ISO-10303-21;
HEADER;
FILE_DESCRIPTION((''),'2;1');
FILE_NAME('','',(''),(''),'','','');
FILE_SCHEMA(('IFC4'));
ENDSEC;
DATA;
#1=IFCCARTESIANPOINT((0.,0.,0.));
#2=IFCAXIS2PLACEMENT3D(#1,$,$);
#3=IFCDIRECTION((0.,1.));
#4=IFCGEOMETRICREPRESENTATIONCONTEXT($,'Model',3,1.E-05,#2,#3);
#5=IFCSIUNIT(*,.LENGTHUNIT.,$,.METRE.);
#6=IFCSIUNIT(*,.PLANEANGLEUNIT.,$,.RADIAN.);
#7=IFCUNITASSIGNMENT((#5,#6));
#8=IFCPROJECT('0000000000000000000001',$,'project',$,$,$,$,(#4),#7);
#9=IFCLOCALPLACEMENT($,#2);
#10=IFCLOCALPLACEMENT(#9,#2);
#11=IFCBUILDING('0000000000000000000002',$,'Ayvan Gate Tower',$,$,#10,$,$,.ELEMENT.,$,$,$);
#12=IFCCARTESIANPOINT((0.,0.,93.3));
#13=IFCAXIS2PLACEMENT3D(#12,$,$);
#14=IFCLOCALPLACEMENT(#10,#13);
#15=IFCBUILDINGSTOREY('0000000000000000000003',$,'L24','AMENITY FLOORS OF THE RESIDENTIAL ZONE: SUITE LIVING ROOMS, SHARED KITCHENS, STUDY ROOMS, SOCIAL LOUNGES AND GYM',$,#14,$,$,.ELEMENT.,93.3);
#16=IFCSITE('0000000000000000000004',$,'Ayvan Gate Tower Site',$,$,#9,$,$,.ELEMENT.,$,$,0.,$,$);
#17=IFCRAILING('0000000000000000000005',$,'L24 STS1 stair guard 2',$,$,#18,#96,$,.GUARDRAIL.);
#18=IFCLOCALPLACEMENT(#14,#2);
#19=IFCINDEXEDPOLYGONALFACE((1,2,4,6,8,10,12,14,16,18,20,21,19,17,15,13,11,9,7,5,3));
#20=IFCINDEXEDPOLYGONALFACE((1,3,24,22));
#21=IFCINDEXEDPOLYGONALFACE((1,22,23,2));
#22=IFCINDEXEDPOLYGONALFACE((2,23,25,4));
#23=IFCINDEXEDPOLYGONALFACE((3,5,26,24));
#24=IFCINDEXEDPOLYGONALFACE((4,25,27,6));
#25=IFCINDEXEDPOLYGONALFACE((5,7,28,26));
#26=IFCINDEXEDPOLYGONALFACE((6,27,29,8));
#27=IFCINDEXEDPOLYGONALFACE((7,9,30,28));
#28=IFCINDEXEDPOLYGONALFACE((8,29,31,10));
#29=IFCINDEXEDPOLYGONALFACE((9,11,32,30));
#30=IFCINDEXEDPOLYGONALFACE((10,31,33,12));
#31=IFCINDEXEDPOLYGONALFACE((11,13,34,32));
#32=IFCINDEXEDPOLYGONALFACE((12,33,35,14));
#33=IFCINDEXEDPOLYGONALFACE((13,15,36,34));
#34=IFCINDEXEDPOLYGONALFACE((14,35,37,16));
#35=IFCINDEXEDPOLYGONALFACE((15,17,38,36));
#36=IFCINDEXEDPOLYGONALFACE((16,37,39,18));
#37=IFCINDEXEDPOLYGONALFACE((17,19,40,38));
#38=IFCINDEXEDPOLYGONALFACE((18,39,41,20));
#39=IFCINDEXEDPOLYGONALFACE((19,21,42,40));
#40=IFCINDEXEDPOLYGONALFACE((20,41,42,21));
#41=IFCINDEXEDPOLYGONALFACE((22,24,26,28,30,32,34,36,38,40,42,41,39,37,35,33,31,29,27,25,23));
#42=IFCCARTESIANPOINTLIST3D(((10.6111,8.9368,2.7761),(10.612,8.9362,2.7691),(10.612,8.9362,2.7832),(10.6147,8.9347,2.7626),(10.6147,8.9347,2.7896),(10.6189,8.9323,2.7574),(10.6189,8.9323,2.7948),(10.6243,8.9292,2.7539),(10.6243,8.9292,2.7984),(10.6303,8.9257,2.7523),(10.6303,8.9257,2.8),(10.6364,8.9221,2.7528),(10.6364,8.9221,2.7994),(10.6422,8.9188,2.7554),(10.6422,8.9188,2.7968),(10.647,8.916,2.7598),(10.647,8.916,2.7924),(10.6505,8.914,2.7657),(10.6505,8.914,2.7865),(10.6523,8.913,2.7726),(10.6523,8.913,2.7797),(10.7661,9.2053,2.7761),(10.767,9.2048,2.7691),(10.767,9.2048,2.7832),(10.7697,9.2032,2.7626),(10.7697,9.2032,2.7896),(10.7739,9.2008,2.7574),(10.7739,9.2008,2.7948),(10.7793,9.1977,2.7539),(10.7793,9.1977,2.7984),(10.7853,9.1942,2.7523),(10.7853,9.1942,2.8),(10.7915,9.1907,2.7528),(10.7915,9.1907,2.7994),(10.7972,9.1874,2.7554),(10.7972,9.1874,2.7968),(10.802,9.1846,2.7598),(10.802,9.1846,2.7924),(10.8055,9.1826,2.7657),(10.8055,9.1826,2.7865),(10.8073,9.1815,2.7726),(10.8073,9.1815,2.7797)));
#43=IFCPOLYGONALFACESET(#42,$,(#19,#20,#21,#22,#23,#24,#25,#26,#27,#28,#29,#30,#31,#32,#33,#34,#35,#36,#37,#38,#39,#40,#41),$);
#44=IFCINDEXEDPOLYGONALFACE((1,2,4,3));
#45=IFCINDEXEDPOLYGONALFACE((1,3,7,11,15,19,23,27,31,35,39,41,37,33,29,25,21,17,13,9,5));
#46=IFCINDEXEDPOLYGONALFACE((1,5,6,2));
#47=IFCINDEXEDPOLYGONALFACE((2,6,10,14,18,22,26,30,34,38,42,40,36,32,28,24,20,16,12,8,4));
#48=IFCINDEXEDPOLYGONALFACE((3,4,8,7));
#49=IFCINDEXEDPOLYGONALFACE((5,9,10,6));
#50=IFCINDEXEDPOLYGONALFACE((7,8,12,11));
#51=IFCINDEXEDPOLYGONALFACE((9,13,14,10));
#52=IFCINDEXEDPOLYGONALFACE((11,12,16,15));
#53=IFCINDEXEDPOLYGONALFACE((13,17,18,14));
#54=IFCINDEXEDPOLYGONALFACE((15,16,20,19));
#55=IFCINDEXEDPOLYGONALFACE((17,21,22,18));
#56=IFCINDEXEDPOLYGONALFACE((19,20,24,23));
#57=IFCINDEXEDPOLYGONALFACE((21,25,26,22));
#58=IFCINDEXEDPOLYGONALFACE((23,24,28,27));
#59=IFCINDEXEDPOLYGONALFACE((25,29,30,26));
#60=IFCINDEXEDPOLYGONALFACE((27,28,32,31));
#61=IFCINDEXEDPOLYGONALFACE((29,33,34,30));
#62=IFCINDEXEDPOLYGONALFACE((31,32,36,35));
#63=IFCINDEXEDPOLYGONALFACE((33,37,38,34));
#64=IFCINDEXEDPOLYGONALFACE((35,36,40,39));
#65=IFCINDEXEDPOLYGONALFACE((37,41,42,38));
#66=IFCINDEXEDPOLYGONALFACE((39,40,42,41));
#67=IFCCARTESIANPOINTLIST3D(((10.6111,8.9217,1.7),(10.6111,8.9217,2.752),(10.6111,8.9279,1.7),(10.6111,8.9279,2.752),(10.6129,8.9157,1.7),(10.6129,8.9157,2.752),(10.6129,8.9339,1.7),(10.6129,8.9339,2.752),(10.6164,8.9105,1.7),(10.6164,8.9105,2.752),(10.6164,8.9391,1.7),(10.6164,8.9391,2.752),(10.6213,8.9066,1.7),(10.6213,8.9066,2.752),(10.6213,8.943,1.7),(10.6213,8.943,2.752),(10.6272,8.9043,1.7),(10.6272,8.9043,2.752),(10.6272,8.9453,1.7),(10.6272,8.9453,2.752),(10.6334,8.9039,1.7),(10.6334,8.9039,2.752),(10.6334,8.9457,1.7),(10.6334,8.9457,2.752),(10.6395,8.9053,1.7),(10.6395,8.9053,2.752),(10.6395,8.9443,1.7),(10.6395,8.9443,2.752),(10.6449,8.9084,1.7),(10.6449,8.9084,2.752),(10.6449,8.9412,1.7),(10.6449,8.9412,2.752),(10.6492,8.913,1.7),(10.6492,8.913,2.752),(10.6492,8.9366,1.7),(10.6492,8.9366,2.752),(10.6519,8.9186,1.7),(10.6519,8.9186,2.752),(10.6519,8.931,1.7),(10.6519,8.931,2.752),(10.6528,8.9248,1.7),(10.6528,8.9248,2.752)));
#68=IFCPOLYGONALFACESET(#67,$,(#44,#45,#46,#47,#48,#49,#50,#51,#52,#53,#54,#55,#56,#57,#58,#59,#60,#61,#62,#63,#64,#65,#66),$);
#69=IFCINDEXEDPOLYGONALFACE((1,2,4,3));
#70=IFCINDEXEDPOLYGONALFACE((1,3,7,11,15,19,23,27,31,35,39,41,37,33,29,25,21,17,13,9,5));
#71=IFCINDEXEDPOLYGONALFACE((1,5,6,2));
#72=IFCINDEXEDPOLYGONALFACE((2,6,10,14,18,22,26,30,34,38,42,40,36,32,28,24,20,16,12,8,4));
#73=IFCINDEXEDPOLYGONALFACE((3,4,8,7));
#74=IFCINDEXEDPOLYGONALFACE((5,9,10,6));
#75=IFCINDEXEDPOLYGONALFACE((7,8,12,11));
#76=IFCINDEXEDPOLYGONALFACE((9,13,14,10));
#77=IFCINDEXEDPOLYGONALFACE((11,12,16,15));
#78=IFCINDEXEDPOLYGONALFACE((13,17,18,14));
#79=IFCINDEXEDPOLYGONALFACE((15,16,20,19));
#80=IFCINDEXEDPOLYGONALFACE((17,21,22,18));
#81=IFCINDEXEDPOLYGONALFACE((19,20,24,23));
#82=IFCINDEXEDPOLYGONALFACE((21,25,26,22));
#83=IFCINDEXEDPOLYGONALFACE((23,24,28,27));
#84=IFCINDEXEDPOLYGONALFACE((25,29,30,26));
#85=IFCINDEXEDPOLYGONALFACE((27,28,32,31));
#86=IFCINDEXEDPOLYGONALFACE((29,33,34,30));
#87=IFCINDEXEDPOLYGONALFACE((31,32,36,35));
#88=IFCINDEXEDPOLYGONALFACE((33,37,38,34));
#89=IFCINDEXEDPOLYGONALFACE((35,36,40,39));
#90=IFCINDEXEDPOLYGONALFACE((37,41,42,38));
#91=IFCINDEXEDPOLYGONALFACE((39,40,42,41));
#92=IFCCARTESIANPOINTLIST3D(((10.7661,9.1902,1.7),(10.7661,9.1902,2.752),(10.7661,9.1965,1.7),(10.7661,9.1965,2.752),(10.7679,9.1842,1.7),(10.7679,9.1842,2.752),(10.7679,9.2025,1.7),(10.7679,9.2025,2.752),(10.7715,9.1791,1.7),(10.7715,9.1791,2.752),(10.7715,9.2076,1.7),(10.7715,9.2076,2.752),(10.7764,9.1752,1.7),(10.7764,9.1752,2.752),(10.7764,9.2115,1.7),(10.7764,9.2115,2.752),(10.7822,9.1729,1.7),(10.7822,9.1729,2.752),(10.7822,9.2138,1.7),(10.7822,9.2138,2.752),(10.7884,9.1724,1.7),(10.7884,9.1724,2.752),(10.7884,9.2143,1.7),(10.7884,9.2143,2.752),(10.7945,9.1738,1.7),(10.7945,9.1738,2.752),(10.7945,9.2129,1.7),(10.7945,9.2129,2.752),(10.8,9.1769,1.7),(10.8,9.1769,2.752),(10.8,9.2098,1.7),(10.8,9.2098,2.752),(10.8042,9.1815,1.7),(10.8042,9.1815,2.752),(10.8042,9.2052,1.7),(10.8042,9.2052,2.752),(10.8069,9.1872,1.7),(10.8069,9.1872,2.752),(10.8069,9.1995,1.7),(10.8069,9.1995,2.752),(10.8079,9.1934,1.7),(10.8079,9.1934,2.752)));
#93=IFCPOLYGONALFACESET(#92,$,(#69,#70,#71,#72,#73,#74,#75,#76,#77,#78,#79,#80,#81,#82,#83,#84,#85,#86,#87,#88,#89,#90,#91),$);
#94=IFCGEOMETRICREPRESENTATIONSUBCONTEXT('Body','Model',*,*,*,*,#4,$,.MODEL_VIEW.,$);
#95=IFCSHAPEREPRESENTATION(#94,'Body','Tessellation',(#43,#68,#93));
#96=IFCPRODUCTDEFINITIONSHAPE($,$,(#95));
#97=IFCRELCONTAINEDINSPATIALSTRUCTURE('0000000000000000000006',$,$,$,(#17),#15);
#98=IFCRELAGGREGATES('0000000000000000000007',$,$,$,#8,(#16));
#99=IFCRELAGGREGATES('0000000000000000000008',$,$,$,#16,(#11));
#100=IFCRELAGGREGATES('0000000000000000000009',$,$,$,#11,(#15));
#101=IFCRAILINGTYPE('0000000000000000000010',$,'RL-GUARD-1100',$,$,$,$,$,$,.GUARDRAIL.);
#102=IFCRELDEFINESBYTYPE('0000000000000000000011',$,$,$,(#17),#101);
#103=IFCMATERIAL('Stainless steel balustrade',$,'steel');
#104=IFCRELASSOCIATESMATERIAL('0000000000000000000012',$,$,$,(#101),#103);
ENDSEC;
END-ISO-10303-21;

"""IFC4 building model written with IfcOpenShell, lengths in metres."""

from ifc_helpers import new_model, si_unit, direction, frame, origin, origin_2d, place, context, subcontext, project, spatial, circle, extrude, material, type_object, element, save


model = new_model("IFC4")

# Units and contexts
model_context = context("Model", 3, precision=1e-05, world=origin(), true_north=direction((0.0, 1.0)))
body_context = subcontext(model_context, "Body", "Model", "MODEL_VIEW")
ifc_project = project(units=[si_unit("LENGTHUNIT", "METRE"), si_unit("PLANEANGLEUNIT", "RADIAN")], contexts=[model_context])

# Site, building, storey
site_placement = place(None, origin())
site = spatial("IfcSite", under=ifc_project, at=site_placement, Name="Ayvan Gate Tower Site", CompositionType="ELEMENT", RefElevation=0.0)
building_placement = place(site_placement, origin())
building = spatial("IfcBuilding", under=site, at=building_placement, Name="Ayvan Gate Tower", CompositionType="ELEMENT")
storey_placement = place(building_placement, frame((0.0, 0.0, 93.3)))
storey = spatial("IfcBuildingStorey", under=building, at=storey_placement, Name="L24", Description="AMENITY FLOORS OF THE RESIDENTIAL ZONE: SUITE LIVING ROOMS, SHARED KITCHENS, STUDY ROOMS, SOCIAL LOUNGES AND GYM", CompositionType="ELEMENT", Elevation=93.3)

# Railing
ifc_material_1 = material(Name="Stainless steel balustrade", Category="steel")
railing_type_1 = type_object("IfcRailingType", Name="RL-GUARD-1100", PredefinedType="GUARDRAIL", material=ifc_material_1)
railing_1_placement = place(storey_placement, frame((10.6318, 8.9248, 1.7)))
element("IfcRailing", 1, at=railing_1_placement, inside=storey, type_object=railing_type_1, Name="L24 STS1 stair guard 2", PredefinedType="GUARDRAIL", context=body_context, shape_type="SweptSolid", body=[
    extrude(circle(Radius=0.0239, at=origin_2d()), frame((0.0, 0.0, 1.0762), z_axis=(0.49995, 0.866054, 0.0), x_axis=(-0.866054, 0.49995, 0.0)), (0.0, 0.0, 1.0), 0.3101),
    extrude(circle(Radius=0.021, at=origin_2d()), origin(), (0.0, 0.0, 1.0), 1.052),
    extrude(circle(Radius=0.021, at=origin_2d()), frame((0.155, 0.2686, 0.0)), (0.0, 0.0, 1.0), 1.052),
])

save(model, "model.ifc")
